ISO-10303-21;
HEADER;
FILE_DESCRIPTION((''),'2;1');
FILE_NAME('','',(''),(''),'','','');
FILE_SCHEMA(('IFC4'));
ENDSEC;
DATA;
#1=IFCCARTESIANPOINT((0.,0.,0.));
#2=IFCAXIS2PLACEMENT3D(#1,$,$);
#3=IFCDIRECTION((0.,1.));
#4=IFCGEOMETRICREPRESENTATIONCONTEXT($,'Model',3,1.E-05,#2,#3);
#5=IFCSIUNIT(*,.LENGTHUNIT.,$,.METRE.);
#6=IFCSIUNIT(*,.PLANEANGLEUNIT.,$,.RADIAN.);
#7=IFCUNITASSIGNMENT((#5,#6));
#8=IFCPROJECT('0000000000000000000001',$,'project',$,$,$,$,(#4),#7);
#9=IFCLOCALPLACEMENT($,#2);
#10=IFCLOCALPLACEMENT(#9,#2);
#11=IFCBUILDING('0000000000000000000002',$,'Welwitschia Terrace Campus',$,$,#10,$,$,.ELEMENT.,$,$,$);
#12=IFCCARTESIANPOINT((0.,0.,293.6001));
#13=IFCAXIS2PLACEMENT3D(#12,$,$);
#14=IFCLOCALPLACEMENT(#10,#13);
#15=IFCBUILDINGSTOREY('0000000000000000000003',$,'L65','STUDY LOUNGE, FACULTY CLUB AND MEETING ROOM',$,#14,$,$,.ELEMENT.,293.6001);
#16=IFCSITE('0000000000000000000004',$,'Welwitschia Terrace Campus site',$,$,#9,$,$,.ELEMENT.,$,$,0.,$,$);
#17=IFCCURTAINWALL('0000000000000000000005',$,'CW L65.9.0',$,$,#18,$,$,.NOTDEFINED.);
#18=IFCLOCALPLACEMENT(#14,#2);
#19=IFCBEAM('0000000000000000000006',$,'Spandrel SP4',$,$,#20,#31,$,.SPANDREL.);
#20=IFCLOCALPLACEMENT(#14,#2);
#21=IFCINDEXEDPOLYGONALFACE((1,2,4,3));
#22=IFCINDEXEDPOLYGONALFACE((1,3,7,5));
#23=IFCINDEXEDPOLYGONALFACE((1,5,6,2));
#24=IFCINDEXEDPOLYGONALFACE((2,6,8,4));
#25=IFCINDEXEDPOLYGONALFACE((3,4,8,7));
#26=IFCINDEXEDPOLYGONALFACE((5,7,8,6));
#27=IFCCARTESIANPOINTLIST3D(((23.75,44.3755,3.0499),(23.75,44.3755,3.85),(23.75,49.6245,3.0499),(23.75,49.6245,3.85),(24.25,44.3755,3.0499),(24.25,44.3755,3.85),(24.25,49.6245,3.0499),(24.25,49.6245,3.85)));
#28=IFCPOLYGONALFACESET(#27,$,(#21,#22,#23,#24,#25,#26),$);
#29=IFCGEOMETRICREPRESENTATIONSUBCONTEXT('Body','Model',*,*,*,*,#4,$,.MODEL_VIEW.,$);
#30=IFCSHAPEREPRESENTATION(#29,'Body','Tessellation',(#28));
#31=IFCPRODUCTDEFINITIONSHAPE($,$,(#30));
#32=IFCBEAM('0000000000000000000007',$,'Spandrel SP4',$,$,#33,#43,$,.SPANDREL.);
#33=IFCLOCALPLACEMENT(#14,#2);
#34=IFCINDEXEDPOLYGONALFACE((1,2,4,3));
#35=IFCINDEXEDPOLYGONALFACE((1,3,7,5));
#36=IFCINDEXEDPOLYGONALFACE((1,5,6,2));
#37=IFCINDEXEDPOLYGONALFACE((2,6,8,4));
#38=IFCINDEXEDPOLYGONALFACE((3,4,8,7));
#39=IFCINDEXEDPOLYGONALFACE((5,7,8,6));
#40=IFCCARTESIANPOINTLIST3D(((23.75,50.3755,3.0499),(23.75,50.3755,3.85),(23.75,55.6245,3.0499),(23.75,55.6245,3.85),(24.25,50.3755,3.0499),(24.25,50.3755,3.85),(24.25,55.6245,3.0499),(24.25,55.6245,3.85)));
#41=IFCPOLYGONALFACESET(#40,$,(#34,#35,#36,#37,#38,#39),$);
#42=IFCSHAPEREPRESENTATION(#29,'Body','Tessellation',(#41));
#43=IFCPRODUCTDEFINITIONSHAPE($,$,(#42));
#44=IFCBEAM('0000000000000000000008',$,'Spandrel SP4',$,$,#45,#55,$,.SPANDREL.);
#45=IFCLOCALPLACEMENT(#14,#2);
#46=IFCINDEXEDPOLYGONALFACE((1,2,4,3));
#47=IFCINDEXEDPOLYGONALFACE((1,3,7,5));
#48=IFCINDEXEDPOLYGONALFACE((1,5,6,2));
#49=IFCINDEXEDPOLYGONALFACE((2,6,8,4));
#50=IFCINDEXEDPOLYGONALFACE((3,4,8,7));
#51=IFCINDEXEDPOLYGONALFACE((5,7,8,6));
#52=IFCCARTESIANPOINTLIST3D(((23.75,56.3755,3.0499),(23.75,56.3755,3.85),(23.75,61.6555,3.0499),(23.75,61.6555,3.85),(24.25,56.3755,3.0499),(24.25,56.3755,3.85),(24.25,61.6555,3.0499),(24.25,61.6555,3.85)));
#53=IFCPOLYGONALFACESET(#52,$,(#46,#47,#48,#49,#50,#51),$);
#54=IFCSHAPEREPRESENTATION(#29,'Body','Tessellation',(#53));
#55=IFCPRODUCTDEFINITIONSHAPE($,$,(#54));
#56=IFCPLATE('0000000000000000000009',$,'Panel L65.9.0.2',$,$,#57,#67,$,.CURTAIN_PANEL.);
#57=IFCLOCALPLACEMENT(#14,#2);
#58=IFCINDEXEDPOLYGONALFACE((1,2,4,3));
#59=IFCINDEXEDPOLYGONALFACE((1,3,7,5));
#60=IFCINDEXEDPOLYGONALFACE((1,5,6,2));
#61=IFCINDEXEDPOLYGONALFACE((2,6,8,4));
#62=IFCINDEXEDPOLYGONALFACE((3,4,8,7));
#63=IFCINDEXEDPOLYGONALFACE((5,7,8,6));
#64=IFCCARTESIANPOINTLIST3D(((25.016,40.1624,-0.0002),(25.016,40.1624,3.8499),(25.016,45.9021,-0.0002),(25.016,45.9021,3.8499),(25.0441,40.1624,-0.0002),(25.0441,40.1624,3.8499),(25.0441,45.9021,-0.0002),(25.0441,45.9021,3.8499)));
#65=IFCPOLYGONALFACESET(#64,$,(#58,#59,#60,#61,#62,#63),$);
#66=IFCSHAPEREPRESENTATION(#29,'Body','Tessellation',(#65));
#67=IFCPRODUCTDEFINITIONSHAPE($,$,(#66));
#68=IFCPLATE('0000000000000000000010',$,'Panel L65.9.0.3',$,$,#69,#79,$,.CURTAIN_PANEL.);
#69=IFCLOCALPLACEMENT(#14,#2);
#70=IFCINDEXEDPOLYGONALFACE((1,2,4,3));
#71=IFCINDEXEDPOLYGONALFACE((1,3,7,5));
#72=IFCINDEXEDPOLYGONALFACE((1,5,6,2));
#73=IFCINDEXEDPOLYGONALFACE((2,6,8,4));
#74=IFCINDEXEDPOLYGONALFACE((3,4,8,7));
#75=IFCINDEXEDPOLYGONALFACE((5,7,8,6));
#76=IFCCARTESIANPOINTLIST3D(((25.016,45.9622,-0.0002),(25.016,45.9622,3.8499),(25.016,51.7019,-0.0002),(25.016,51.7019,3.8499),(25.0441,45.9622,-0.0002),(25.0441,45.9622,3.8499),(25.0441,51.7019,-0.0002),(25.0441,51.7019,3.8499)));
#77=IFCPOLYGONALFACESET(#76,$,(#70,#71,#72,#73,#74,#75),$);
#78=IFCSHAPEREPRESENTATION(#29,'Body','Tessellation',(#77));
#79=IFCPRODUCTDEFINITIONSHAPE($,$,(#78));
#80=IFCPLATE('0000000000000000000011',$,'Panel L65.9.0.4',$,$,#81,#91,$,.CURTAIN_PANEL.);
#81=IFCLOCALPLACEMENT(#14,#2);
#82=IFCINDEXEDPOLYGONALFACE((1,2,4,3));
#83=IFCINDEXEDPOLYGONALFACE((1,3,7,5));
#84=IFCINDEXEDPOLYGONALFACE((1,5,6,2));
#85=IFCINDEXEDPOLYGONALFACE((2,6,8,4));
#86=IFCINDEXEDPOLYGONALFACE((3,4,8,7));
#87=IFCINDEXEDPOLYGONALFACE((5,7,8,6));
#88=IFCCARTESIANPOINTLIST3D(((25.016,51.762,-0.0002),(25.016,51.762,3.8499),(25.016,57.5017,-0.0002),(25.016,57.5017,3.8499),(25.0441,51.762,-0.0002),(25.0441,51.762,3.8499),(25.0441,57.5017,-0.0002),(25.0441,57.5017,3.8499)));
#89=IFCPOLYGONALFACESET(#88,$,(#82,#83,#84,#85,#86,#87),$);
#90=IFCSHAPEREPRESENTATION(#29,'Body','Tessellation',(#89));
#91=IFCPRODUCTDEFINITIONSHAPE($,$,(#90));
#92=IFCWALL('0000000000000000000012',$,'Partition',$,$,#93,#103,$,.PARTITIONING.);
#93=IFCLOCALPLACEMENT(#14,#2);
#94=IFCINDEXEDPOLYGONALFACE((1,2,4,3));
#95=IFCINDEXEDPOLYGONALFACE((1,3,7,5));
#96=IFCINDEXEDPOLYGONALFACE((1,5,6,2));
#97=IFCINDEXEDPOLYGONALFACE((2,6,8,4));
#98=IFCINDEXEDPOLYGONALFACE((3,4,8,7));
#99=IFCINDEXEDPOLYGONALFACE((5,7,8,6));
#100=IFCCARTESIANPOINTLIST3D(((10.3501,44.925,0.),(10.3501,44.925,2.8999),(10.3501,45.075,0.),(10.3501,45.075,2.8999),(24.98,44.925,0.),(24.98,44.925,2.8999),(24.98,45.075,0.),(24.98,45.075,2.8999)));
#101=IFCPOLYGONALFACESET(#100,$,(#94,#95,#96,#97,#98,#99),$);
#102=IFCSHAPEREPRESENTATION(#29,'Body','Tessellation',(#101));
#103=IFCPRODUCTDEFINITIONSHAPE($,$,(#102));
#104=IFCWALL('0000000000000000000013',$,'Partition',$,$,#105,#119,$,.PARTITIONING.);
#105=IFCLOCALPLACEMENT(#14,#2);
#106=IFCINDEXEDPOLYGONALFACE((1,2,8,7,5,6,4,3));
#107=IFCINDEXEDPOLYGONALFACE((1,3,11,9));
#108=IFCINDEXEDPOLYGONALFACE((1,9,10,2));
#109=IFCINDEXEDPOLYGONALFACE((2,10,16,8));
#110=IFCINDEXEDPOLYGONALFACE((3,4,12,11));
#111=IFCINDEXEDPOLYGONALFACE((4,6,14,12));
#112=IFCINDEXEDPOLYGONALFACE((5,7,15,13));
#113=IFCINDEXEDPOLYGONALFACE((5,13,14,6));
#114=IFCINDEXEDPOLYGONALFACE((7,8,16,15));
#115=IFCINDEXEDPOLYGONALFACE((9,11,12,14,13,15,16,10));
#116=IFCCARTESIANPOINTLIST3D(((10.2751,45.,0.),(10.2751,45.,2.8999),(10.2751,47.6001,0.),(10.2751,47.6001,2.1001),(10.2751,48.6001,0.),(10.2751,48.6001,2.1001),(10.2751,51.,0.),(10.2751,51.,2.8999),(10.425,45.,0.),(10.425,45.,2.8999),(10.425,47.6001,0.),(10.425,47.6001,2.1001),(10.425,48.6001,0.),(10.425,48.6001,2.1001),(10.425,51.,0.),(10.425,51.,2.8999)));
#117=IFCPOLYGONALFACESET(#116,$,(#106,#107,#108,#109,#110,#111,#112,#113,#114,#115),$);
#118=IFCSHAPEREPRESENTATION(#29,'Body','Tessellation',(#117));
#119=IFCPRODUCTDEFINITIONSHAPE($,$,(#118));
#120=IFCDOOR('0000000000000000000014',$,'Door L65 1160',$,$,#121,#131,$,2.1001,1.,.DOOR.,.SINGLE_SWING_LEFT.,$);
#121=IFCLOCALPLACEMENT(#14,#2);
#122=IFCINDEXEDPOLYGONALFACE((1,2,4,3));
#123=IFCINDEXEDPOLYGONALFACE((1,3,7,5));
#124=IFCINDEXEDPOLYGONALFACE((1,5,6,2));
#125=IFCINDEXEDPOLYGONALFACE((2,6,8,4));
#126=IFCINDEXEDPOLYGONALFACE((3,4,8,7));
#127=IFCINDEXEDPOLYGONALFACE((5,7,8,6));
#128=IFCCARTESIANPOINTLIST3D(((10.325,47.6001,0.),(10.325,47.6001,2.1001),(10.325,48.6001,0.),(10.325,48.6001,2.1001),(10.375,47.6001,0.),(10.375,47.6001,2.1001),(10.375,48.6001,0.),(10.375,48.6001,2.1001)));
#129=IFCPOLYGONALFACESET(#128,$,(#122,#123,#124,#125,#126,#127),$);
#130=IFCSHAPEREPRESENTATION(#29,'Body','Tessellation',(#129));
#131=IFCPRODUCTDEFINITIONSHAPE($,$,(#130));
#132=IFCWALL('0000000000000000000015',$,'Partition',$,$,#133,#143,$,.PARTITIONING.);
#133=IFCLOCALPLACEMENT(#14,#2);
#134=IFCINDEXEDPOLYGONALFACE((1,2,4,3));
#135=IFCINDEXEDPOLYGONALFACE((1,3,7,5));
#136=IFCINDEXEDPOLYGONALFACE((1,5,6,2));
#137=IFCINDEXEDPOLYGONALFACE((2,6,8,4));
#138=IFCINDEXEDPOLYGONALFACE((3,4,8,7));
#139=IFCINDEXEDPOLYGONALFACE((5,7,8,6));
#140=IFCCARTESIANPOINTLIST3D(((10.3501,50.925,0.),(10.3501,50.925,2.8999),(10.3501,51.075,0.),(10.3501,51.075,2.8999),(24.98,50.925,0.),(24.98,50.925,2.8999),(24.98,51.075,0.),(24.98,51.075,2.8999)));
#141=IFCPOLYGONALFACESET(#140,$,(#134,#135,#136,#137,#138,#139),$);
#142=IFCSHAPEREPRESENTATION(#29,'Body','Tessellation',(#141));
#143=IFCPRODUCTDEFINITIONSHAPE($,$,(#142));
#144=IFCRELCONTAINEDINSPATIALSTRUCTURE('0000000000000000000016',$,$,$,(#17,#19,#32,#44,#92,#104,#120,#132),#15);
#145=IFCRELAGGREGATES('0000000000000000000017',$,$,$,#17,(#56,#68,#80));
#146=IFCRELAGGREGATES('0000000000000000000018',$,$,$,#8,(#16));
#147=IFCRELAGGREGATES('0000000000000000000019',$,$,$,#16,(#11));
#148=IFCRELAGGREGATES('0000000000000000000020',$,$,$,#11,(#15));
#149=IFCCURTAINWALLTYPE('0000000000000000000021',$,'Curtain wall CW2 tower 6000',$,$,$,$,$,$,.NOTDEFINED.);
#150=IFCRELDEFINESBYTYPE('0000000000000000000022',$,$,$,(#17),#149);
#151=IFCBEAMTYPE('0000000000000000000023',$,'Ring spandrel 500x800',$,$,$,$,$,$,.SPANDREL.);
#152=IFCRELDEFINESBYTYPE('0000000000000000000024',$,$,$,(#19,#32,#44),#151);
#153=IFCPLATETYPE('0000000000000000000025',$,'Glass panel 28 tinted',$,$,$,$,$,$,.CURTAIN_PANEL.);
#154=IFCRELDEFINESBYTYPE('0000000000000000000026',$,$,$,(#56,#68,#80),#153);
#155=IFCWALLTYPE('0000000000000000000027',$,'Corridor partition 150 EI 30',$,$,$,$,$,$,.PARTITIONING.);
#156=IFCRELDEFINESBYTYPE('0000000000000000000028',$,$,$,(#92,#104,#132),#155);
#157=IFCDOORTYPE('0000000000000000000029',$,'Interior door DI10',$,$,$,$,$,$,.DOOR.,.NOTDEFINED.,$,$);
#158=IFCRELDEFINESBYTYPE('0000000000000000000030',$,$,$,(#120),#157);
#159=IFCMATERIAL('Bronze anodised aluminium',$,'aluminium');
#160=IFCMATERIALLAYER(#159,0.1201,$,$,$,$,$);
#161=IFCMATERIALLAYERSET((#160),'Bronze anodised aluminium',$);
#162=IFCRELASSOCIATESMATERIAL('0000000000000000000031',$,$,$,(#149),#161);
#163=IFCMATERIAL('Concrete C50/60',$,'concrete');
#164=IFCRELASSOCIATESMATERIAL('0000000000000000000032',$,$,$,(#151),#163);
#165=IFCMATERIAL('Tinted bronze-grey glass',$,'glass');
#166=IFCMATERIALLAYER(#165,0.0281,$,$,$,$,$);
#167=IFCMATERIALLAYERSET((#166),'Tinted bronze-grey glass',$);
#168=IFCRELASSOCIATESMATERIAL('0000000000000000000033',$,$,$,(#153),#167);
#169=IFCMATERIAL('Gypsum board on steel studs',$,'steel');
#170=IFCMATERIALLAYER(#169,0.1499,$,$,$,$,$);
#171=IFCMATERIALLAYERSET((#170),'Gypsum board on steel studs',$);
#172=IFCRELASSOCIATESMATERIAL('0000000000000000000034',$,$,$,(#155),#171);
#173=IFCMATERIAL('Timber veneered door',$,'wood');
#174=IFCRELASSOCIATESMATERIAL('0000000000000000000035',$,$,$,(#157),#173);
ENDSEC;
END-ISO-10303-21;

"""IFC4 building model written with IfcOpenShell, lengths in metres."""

from ifc_helpers import new_model, si_unit, direction, frame, frame_2d, origin, origin_2d, place, context, subcontext, project, spatial, rectangle, extrude, material, layer, layer_set, material_profile, profile_set, type_object, element, fill, aggregate, save


model = new_model("IFC4")

# Units and contexts
model_context = context("Model", 3, precision=1e-05, world=origin(), true_north=direction((0.0, 1.0)))
body_context = subcontext(model_context, "Body", "Model", "MODEL_VIEW")
ifc_project = project(units=[si_unit("LENGTHUNIT", "METRE"), si_unit("PLANEANGLEUNIT", "RADIAN")], contexts=[model_context])

# Site, building, storey
site_placement = place(None, origin())
site = spatial("IfcSite", under=ifc_project, at=site_placement, Name="Welwitschia Terrace Campus site", CompositionType="ELEMENT", RefElevation=0.0)
building_placement = place(site_placement, origin())
building = spatial("IfcBuilding", under=site, at=building_placement, Name="Welwitschia Terrace Campus", CompositionType="ELEMENT")
storey_placement = place(building_placement, frame((0.0, 0.0, 293.6001)))
storey = spatial("IfcBuildingStorey", under=building, at=storey_placement, Name="L65", Description="STUDY LOUNGE, FACULTY CLUB AND MEETING ROOM", CompositionType="ELEMENT", Elevation=293.6001)

# Curtain wall
ifc_material_1 = material(Name="Bronze anodised aluminium", Category="aluminium")
ifc_layer_1 = layer(ifc_material_1, 0.1201)
ifc_layer_set_1 = layer_set([ifc_layer_1], Name="Bronze anodised aluminium")
curtain_wall_type = type_object("IfcCurtainWallType", Name="Curtain wall CW2 tower 6000", PredefinedType="NOTDEFINED", material=ifc_layer_set_1)
curtain_wall_placement = place(storey_placement, origin())
curtain_wall = element("IfcCurtainWall", 1, at=curtain_wall_placement, inside=storey, type_object=curtain_wall_type, Name="CW L65.9.0", PredefinedType="NOTDEFINED")

# Beams
ifc_material_2 = material(Name="Concrete C50/60", Category="concrete")
ifc_material_profile_1 = material_profile(ifc_material_2, rectangle(XDim=0.5, YDim=0.8, at=origin_2d()))
ifc_profile_set_1 = profile_set([ifc_material_profile_1], Name="Concrete C50/60")
beam_type_1 = type_object("IfcBeamType", Name="Ring spandrel 500x800", PredefinedType="SPANDREL", material=ifc_profile_set_1)
for number, where, z_axis, x_axis, name in (
    (2, (24.0, 44.3755, 3.45), (0.0, 1.0, 0.0), (-1.0, 0.0, 0.0), "Spandrel SP4"),
    (3, (24.0, 50.3755, 3.45), (0.0, 1.0, 0.0), (-1.0, 0.0, 0.0), "Spandrel SP4"),
):
    element("IfcBeam", number, at=place(storey_placement, frame(where, z_axis=z_axis, x_axis=x_axis)), inside=storey, type_object=beam_type_1, Name=name, PredefinedType="SPANDREL", context=body_context, shape_type="SweptSolid", body=[
        extrude(rectangle(XDim=0.5, YDim=0.8, at=origin_2d()), origin(), (0.0, 0.0, 1.0), 5.249),
    ])
beam_1_placement = place(storey_placement, frame((24.0, 56.3755, 3.45), z_axis=(0.0, 1.0, 0.0), x_axis=(-1.0, 0.0, 0.0)))
element("IfcBeam", 4, at=beam_1_placement, inside=storey, type_object=beam_type_1, Name="Spandrel SP4", PredefinedType="SPANDREL", context=body_context, shape_type="SweptSolid", body=[
    extrude(rectangle(XDim=0.5, YDim=0.8, at=origin_2d()), origin(), (0.0, 0.0, 1.0), 5.28),
])

# Plates
ifc_material_3 = material(Name="Tinted bronze-grey glass", Category="glass")
ifc_layer_2 = layer(ifc_material_3, 0.0281)
ifc_layer_set_2 = layer_set([ifc_layer_2], Name="Tinted bronze-grey glass")
plate_type = type_object("IfcPlateType", Name="Glass panel 28 tinted", PredefinedType="CURTAIN_PANEL", material=ifc_layer_set_2)
plate_1_placement = place(storey_placement, frame((25.03, 43.0322, -0.0002), z_axis=(0.0, 0.0, 1.0), x_axis=(0.0, 1.0, 0.0)))
plate_1 = element("IfcPlate", 5, at=plate_1_placement, type_object=plate_type, Name="Panel L65.9.0.2", PredefinedType="CURTAIN_PANEL", context=body_context, shape_type="SweptSolid", body=[
    extrude(rectangle(XDim=5.7397, YDim=0.0281, at=origin_2d()), origin(), (0.0, 0.0, 1.0), 3.8501),
])
plate_2_placement = place(storey_placement, frame((25.03, 48.832, -0.0002), z_axis=(0.0, 0.0, 1.0), x_axis=(0.0, 1.0, 0.0)))
plate_2 = element("IfcPlate", 6, at=plate_2_placement, type_object=plate_type, Name="Panel L65.9.0.3", PredefinedType="CURTAIN_PANEL", context=body_context, shape_type="SweptSolid", body=[
    extrude(rectangle(XDim=5.7397, YDim=0.0281, at=origin_2d()), origin(), (0.0, 0.0, 1.0), 3.8501),
])
plate_3_placement = place(storey_placement, frame((25.03, 54.6318, -0.0002), z_axis=(0.0, 0.0, 1.0), x_axis=(0.0, 1.0, 0.0)))
plate_3 = element("IfcPlate", 7, at=plate_3_placement, type_object=plate_type, Name="Panel L65.9.0.4", PredefinedType="CURTAIN_PANEL", context=body_context, shape_type="SweptSolid", body=[
    extrude(rectangle(XDim=5.7397, YDim=0.0281, at=origin_2d()), origin(), (0.0, 0.0, 1.0), 3.8501),
])
aggregate(curtain_wall, [plate_1, plate_2, plate_3])

# Wall
ifc_material_4 = material(Name="Gypsum board on steel studs", Category="steel")
ifc_layer_3 = layer(ifc_material_4, 0.1499)
ifc_layer_set_3 = layer_set([ifc_layer_3], Name="Gypsum board on steel studs")
wall_type = type_object("IfcWallType", Name="Corridor partition 150 EI 30", PredefinedType="PARTITIONING", material=ifc_layer_set_3)
wall_1_placement = place(storey_placement, frame((10.3501, 45.0, 0.0), z_axis=(0.0, 0.0, 1.0), x_axis=(1.0, 0.0, 0.0)))
element("IfcWall", 8, at=wall_1_placement, inside=storey, type_object=wall_type, Name="Partition", PredefinedType="PARTITIONING", context=body_context, shape_type="SweptSolid", body=[
    extrude(rectangle(XDim=14.6299, YDim=0.1499, at=frame_2d((7.3149, 0.0))), origin(), (0.0, 0.0, 1.0), 2.8999),
])

# Wall, opening, door
wall_2_placement = place(storey_placement, frame((10.3501, 51.0, 0.0), z_axis=(0.0, 0.0, 1.0), x_axis=(0.0, -1.0, 0.0)))
wall_2 = element("IfcWall", 9, at=wall_2_placement, inside=storey, type_object=wall_type, Name="Partition", PredefinedType="PARTITIONING", context=body_context, shape_type="SweptSolid", body=[
    extrude(rectangle(XDim=6.0, YDim=0.1499, at=frame_2d((3.0, 0.0))), origin(), (0.0, 0.0, 1.0), 2.8999),
])
opening_placement = place(wall_2_placement, frame((2.3999, 0.0, 0.0)))
opening = element("IfcOpeningElement", 10, at=opening_placement, cuts=wall_2, PredefinedType="OPENING", context=body_context, shape_type="SweptSolid", body=[
    extrude(rectangle(XDim=1.0, YDim=2.1001, at=frame_2d((0.5, 1.05))), frame((0.0, 0.085, 0.0), z_axis=(0.0, -1.0, 0.0), x_axis=(1.0, 0.0, 0.0)), (0.0, 0.0, 1.0), 0.1699),
])
ifc_material_5 = material(Name="Timber veneered door", Category="wood")
door_type = type_object("IfcDoorType", Name="Interior door DI10", OperationType="NOTDEFINED", PredefinedType="DOOR", material=ifc_material_5)
door_placement = place(opening_placement, origin())
door = element("IfcDoor", 11, at=door_placement, inside=storey, type_object=door_type, Name="Door L65 1160", OperationType="SINGLE_SWING_LEFT", OverallHeight=2.1001, OverallWidth=1.0, PredefinedType="DOOR", context=body_context, shape_type="SweptSolid", body=[
    extrude(rectangle(XDim=1.0, YDim=2.1001, at=frame_2d((0.5, 1.05))), frame((0.0, 0.0249, 0.0), z_axis=(0.0, -1.0, 0.0), x_axis=(1.0, 0.0, 0.0)), (0.0, 0.0, 1.0), 0.05),
])
fill(opening, door)

# Wall
wall_3_placement = place(storey_placement, frame((10.3501, 51.0, 0.0), z_axis=(0.0, 0.0, 1.0), x_axis=(1.0, 0.0, 0.0)))
element("IfcWall", 12, at=wall_3_placement, inside=storey, type_object=wall_type, Name="Partition", PredefinedType="PARTITIONING", context=body_context, shape_type="SweptSolid", body=[
    extrude(rectangle(XDim=14.6299, YDim=0.1499, at=frame_2d((7.3149, 0.0))), origin(), (0.0, 0.0, 1.0), 2.8999),
])

save(model, "model.ifc")
